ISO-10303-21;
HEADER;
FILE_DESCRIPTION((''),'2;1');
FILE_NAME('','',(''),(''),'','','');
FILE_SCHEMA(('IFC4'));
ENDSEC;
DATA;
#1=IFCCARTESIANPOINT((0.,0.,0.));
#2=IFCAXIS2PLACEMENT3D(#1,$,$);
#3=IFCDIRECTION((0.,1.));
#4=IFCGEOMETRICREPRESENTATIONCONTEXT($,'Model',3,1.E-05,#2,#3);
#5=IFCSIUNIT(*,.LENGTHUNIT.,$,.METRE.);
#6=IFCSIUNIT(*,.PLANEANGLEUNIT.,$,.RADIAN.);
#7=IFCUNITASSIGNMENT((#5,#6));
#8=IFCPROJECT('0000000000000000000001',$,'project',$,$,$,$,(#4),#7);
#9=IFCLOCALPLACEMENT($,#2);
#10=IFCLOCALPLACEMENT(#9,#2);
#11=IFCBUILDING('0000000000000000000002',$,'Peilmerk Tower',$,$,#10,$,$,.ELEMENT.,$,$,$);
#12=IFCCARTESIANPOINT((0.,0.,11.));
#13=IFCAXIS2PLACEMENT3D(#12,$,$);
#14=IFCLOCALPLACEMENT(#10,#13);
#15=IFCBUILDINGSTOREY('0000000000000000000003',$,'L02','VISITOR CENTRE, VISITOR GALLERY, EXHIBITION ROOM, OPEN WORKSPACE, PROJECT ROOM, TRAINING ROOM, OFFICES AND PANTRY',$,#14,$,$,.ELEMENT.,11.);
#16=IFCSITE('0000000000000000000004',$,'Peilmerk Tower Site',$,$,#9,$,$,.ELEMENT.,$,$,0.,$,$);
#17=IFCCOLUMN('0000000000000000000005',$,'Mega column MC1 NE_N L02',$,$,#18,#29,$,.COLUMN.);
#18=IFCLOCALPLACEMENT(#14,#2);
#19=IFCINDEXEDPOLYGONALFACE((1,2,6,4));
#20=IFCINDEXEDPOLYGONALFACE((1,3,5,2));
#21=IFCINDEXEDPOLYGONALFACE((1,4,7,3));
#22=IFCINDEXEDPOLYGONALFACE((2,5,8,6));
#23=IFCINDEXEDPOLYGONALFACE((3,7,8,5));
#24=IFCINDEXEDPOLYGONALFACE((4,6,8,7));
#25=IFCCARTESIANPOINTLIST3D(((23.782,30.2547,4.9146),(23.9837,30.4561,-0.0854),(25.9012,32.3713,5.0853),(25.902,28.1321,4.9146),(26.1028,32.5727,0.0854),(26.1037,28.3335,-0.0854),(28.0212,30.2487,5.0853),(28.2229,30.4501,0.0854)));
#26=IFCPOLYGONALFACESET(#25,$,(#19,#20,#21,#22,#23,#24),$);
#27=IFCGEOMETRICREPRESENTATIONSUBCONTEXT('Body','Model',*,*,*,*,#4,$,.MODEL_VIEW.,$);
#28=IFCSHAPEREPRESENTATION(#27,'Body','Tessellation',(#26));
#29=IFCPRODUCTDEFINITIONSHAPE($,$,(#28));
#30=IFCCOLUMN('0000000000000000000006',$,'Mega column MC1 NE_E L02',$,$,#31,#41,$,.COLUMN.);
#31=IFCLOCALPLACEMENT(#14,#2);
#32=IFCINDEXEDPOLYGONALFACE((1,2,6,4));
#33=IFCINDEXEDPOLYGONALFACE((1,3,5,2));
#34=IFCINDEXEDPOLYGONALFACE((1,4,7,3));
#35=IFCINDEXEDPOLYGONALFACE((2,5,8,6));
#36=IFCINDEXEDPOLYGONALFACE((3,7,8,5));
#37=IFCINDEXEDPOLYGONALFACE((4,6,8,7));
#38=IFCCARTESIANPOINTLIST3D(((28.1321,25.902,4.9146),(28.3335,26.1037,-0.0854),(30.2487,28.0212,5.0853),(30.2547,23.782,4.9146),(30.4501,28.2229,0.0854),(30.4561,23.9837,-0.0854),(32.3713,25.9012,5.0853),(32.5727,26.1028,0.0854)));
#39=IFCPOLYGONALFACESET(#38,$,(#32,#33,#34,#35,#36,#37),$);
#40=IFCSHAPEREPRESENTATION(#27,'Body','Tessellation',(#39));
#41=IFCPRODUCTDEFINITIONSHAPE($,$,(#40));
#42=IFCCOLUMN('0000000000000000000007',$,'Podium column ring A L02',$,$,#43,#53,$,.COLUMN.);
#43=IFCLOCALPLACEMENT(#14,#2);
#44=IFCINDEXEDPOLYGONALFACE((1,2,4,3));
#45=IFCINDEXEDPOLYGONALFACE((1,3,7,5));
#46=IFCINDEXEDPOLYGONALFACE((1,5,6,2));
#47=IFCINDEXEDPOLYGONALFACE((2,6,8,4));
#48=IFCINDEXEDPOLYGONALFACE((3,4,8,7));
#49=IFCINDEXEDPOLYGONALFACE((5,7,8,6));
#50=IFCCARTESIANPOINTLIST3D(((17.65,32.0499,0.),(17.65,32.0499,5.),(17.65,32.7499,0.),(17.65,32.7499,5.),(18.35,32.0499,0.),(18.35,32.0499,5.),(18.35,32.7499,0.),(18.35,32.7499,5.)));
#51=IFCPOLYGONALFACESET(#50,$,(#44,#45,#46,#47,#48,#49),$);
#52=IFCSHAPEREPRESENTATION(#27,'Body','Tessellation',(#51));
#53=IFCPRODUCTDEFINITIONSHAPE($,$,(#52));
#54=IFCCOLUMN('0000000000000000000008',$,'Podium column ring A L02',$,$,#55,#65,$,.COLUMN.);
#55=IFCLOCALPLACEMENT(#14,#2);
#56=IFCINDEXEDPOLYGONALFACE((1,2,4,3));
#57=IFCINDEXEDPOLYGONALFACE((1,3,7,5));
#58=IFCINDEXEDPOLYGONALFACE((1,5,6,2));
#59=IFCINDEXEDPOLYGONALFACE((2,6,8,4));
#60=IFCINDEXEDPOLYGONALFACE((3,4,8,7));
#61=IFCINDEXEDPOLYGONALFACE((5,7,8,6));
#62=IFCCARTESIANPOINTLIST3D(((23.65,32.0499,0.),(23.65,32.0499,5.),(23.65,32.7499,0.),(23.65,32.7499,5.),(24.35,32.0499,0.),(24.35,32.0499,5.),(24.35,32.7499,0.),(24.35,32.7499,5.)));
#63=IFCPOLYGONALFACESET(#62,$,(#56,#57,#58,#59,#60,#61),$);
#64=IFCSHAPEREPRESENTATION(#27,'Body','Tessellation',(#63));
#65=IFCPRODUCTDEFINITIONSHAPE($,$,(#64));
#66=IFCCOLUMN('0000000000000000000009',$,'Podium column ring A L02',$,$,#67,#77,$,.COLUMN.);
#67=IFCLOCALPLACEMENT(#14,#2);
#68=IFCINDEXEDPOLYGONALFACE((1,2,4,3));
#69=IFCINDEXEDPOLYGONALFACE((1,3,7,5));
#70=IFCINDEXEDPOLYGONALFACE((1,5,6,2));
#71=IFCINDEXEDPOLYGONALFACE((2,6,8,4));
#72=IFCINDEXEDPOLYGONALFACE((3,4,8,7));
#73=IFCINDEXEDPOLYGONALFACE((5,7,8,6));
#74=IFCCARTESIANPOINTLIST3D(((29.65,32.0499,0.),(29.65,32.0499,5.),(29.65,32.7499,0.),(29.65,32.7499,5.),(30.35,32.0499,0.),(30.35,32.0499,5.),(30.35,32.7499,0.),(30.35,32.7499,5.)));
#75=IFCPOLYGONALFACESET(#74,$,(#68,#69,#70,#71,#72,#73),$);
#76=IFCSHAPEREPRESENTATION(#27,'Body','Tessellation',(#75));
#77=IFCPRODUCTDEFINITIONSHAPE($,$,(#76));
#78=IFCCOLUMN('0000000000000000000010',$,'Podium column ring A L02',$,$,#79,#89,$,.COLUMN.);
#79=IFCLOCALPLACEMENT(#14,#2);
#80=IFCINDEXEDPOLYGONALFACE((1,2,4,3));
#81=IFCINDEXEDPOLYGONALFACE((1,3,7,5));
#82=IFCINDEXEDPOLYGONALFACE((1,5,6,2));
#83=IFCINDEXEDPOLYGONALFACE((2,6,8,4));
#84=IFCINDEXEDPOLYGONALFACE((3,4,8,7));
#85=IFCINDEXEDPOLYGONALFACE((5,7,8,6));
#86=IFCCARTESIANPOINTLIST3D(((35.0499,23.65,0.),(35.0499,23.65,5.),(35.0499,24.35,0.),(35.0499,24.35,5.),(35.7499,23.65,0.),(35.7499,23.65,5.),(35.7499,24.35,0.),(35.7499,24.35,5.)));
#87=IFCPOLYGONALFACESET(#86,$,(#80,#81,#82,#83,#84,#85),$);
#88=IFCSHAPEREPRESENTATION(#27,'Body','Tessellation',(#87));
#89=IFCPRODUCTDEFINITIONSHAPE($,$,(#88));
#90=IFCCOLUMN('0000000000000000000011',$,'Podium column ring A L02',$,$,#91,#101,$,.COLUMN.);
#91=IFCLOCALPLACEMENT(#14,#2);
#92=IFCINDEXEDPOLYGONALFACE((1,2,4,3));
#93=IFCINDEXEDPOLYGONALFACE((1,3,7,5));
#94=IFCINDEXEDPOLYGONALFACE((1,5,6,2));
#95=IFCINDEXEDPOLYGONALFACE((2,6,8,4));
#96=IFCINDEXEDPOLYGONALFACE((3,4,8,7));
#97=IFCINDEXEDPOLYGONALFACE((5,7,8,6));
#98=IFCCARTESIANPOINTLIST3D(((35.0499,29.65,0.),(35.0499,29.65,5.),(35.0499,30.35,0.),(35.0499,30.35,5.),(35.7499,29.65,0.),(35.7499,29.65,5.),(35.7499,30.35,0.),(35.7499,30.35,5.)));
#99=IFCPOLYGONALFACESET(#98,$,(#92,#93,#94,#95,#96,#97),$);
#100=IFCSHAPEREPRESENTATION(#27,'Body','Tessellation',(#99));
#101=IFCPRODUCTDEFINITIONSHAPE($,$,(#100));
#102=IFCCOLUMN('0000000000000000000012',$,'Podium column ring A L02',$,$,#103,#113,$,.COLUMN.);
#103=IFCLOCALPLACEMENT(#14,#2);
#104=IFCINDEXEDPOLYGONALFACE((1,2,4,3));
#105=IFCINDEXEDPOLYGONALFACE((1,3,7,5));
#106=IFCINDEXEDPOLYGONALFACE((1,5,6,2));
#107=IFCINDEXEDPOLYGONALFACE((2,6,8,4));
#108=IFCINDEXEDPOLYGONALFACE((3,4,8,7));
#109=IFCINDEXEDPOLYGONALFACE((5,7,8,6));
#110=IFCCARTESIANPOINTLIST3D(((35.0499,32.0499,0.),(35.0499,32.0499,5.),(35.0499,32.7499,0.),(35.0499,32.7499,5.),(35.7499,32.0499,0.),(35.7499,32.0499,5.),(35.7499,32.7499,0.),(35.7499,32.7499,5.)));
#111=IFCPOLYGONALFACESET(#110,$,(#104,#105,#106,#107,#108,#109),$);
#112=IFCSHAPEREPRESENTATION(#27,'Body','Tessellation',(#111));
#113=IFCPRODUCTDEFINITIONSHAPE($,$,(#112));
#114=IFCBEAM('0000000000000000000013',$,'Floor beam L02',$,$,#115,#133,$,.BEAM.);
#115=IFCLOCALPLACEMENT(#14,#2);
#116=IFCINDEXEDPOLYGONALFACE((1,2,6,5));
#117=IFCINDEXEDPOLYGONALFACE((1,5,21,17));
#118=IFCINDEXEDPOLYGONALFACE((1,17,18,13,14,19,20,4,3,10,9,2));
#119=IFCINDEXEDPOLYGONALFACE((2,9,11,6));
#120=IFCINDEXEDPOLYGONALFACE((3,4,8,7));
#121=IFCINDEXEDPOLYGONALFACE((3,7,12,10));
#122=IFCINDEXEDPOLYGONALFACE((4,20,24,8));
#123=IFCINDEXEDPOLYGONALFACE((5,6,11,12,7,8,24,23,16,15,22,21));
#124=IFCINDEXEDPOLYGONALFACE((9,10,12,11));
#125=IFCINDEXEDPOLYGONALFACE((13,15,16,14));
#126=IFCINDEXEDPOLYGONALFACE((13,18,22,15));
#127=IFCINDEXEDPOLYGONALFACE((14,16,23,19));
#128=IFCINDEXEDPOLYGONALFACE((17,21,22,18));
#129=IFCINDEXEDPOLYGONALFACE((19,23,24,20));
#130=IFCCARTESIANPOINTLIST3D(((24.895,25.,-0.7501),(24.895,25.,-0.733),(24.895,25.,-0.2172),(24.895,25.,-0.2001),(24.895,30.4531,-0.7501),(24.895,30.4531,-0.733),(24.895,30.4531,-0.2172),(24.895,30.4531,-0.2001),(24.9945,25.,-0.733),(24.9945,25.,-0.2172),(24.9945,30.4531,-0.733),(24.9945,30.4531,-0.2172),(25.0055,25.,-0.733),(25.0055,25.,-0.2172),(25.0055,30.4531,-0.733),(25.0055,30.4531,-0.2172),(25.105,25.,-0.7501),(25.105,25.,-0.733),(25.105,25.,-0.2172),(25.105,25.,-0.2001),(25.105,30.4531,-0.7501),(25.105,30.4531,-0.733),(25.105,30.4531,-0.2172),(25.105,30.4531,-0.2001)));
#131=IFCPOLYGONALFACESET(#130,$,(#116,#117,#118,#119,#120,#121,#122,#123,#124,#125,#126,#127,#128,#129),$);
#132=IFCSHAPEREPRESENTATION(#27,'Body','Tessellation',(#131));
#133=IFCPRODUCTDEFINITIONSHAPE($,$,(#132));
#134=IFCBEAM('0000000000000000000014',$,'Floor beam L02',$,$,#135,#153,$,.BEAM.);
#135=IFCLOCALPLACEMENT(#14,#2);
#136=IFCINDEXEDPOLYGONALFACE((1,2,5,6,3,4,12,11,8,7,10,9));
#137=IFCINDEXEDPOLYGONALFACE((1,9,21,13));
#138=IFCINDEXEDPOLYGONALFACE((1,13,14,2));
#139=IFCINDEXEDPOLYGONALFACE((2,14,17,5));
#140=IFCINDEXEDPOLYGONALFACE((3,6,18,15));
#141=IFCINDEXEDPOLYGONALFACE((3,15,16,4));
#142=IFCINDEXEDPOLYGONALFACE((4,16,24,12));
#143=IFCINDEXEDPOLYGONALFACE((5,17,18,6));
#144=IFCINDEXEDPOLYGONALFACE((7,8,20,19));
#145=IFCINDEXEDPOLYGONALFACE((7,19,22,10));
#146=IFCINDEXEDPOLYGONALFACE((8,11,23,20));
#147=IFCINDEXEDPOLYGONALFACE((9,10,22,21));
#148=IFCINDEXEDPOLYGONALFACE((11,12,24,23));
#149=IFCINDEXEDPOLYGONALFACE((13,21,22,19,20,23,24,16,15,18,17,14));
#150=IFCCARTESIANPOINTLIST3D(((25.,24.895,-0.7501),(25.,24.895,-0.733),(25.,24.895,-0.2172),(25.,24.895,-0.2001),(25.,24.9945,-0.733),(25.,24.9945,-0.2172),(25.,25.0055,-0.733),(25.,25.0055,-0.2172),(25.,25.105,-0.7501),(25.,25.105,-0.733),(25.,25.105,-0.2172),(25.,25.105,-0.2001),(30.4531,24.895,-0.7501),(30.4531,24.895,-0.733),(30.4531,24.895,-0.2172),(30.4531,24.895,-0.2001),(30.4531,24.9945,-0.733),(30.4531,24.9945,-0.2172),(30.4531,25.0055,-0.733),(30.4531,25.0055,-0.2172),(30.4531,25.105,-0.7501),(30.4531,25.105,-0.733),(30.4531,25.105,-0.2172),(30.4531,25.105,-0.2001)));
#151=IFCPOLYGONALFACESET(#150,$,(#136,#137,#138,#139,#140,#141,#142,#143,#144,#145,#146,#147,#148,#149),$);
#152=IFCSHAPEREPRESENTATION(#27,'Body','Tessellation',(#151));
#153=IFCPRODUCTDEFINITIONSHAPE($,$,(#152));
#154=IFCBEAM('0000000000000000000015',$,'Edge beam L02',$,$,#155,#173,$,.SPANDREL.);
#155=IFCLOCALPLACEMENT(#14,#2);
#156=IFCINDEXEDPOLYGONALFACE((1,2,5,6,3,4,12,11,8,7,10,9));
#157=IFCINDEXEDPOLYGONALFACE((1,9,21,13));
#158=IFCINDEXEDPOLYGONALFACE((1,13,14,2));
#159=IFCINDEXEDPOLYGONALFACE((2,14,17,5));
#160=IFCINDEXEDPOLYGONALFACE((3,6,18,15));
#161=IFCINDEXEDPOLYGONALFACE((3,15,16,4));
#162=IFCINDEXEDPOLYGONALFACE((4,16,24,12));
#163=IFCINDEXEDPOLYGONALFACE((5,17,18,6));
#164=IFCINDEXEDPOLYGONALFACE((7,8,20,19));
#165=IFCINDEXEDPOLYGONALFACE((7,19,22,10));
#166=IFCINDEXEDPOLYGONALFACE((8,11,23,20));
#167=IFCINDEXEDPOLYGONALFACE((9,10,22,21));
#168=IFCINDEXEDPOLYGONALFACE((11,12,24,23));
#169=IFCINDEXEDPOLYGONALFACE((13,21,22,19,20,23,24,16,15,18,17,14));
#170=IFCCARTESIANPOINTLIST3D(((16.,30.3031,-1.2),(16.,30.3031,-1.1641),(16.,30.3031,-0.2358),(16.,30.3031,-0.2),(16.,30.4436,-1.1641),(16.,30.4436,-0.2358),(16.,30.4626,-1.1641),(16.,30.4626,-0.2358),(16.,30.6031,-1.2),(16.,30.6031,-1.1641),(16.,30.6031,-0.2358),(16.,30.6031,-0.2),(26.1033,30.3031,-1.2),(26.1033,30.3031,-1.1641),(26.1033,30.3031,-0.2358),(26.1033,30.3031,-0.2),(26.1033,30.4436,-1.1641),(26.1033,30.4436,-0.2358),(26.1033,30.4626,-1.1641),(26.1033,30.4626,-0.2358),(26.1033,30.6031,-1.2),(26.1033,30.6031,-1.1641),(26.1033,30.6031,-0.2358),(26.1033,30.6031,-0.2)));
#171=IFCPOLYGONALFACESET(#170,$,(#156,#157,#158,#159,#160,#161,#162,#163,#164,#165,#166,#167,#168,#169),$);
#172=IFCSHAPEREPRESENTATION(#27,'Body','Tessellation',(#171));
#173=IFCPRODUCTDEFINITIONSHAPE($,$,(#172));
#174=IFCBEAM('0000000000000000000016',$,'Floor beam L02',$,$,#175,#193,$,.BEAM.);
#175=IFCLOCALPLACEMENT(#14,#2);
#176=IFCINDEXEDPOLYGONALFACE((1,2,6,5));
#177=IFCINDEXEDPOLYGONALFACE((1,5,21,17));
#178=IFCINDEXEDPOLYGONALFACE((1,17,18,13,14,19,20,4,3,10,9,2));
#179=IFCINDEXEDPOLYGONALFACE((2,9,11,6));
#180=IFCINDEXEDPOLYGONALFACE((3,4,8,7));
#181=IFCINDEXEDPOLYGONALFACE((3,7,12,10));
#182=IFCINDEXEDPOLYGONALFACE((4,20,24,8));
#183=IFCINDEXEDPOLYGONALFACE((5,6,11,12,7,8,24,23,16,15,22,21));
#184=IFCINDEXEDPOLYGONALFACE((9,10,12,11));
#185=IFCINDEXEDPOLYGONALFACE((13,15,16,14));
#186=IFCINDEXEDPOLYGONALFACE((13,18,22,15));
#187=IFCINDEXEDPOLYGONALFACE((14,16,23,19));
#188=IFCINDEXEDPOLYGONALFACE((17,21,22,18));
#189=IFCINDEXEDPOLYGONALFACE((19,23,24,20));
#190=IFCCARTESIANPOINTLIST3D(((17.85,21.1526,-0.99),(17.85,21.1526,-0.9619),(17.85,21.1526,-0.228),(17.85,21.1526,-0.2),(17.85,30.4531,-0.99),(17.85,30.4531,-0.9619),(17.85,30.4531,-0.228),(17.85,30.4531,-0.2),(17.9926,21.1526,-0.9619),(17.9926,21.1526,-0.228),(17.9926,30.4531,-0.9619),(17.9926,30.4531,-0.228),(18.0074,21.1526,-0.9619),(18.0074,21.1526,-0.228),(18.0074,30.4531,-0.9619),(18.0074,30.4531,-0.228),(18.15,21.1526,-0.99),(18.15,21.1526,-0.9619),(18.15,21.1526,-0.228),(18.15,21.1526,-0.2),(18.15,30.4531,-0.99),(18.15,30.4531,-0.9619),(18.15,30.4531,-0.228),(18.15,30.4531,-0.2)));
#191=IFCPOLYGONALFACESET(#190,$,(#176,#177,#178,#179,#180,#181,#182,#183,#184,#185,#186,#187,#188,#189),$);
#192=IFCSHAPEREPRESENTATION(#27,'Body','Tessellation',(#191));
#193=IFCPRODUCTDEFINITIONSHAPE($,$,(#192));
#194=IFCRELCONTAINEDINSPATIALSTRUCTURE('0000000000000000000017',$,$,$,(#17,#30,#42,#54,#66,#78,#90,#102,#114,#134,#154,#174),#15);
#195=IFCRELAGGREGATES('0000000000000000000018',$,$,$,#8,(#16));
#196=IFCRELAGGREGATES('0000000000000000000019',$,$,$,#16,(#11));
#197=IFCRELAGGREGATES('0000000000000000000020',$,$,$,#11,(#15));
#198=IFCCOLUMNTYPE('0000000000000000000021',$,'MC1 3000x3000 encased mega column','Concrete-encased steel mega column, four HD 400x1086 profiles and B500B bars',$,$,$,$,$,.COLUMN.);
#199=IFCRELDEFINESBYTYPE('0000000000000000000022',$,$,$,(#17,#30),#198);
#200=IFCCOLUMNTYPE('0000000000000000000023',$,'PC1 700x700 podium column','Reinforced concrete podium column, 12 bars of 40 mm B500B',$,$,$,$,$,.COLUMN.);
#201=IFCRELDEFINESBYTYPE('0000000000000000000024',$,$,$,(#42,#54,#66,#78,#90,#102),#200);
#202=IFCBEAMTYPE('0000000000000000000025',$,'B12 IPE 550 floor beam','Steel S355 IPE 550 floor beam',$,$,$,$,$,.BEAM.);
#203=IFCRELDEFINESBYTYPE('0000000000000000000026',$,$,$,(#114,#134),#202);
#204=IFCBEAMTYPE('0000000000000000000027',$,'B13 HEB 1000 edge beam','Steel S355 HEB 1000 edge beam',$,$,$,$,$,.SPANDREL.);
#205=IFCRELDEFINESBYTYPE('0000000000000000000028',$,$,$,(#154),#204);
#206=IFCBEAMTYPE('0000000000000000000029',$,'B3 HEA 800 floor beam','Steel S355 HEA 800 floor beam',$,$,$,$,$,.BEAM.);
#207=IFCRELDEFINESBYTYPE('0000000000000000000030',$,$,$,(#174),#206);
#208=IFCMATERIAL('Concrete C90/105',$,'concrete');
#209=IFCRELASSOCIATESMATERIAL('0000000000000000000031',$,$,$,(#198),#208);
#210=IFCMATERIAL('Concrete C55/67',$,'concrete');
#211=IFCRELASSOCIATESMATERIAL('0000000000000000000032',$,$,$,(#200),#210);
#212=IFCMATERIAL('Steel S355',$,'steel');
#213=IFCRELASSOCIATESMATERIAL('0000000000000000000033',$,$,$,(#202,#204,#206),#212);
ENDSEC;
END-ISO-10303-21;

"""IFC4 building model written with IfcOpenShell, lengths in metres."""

from ifc_helpers import new_model, si_unit, direction, frame, origin, origin_2d, place, context, subcontext, project, spatial, rectangle, i_section, extrude, material, material_profile, profile_set, type_object, element, save


model = new_model("IFC4")

# Units and contexts
model_context = context("Model", 3, precision=1e-05, world=origin(), true_north=direction((0.0, 1.0)))
body_context = subcontext(model_context, "Body", "Model", "MODEL_VIEW")
ifc_project = project(units=[si_unit("LENGTHUNIT", "METRE"), si_unit("PLANEANGLEUNIT", "RADIAN")], contexts=[model_context])

# Site, building, storey
site_placement = place(None, origin())
site = spatial("IfcSite", under=ifc_project, at=site_placement, Name="Peilmerk Tower Site", CompositionType="ELEMENT", RefElevation=0.0)
building_placement = place(site_placement, origin())
building = spatial("IfcBuilding", under=site, at=building_placement, Name="Peilmerk Tower", CompositionType="ELEMENT")
storey_placement = place(building_placement, frame((0.0, 0.0, 11.0)))
storey = spatial("IfcBuildingStorey", under=building, at=storey_placement, Name="L02", Description="VISITOR CENTRE, VISITOR GALLERY, EXHIBITION ROOM, OPEN WORKSPACE, PROJECT ROOM, TRAINING ROOM, OFFICES AND PANTRY", CompositionType="ELEMENT", Elevation=11.0)

# Columns
ifc_material_1 = material(Name="Concrete C90/105", Category="concrete")
ifc_material_profile_1 = material_profile(ifc_material_1, rectangle(XDim=3.0, YDim=3.0, at=origin_2d()), Name="RC 3000x3000")
ifc_profile_set_1 = profile_set([ifc_material_profile_1], Name="Concrete C90/105")
column_type_1 = type_object("IfcColumnType", Name="MC1 3000x3000 encased mega column", Description="Concrete-encased steel mega column, four HD 400x1086 profiles and B500B bars", PredefinedType="COLUMN", material=ifc_profile_set_1)
for number, where, z_axis, x_axis, name in (
    (1, (26.1033, 30.4531, 0.0), (-0.040267, -0.040218, 0.998379), (0.706678, -0.707535, 0.0), "Mega column MC1 NE_N L02"),
    (2, (30.4531, 26.1033, 0.0), (-0.040218, -0.040267, 0.998379), (0.707535, -0.706678, 0.0), "Mega column MC1 NE_E L02"),
):
    element("IfcColumn", number, at=place(storey_placement, frame(where, z_axis=z_axis, x_axis=x_axis)), inside=storey, type_object=column_type_1, Name=name, PredefinedType="COLUMN", context=body_context, shape_type="SweptSolid", body=[
        extrude(rectangle(XDim=3.0, YDim=3.0, at=origin_2d()), origin(), (0.0, 0.0, 1.0), 5.0081),
    ])
ifc_material_2 = material(Name="Concrete C55/67", Category="concrete")
ifc_material_profile_2 = material_profile(ifc_material_2, rectangle(XDim=0.7, YDim=0.7, at=origin_2d()), Name="RC 700x700")
ifc_profile_set_2 = profile_set([ifc_material_profile_2], Name="Concrete C55/67")
column_type_2 = type_object("IfcColumnType", Name="PC1 700x700 podium column", Description="Reinforced concrete podium column, 12 bars of 40 mm B500B", PredefinedType="COLUMN", material=ifc_profile_set_2)
for number, where, z_axis, x_axis, name in (
    (3, (18.0, 32.3999, 0.0), (0.0, 0.0, 1.0), (1.0, 0.0, 0.0), "Podium column ring A L02"),
    (4, (24.0, 32.3999, 0.0), (0.0, 0.0, 1.0), (1.0, 0.0, 0.0), "Podium column ring A L02"),
    (5, (30.0, 32.3999, 0.0), (0.0, 0.0, 1.0), (1.0, 0.0, 0.0), "Podium column ring A L02"),
    (6, (35.3999, 24.0, 0.0), (0.0, 0.0, 1.0), (1.0, 0.0, 0.0), "Podium column ring A L02"),
    (7, (35.3999, 30.0, 0.0), (0.0, 0.0, 1.0), (1.0, 0.0, 0.0), "Podium column ring A L02"),
    (8, (35.3999, 32.3999, 0.0), (0.0, 0.0, 1.0), (1.0, 0.0, 0.0), "Podium column ring A L02"),
):
    element("IfcColumn", number, at=place(storey_placement, frame(where, z_axis=z_axis, x_axis=x_axis)), inside=storey, type_object=column_type_2, Name=name, PredefinedType="COLUMN", context=body_context, shape_type="SweptSolid", body=[
        extrude(rectangle(XDim=0.7, YDim=0.7, at=origin_2d()), origin(), (0.0, 0.0, 1.0), 5.0),
    ])

# Beams
ifc_material_3 = material(Name="Steel S355", Category="steel")
ifc_material_profile_3 = material_profile(ifc_material_3, i_section(OverallWidth=0.21, OverallDepth=0.55, WebThickness=0.011, FlangeThickness=0.0171, at=origin_2d()), Name="IPE 550")
ifc_profile_set_3 = profile_set([ifc_material_profile_3], Name="Steel S355")
beam_type_1 = type_object("IfcBeamType", Name="B12 IPE 550 floor beam", Description="Steel S355 IPE 550 floor beam", PredefinedType="BEAM", material=ifc_profile_set_3)
for number, where, z_axis, x_axis, name in (
    (9, (25.0, 25.0, -0.4751), (0.0, 1.0, 0.0), (-1.0, 0.0, 0.0), "Floor beam L02"),
    (10, (25.0, 25.0, -0.4751), (1.0, 0.0, 0.0), (0.0, 1.0, 0.0), "Floor beam L02"),
):
    element("IfcBeam", number, at=place(storey_placement, frame(where, z_axis=z_axis, x_axis=x_axis)), inside=storey, type_object=beam_type_1, Name=name, PredefinedType="BEAM", context=body_context, shape_type="SweptSolid", body=[
        extrude(i_section(OverallWidth=0.21, OverallDepth=0.55, WebThickness=0.011, FlangeThickness=0.0171, at=origin_2d()), origin(), (0.0, 0.0, 1.0), 5.4531),
    ])
ifc_material_profile_4 = material_profile(ifc_material_3, i_section(OverallWidth=0.3, OverallDepth=1.0, WebThickness=0.019, FlangeThickness=0.0359, at=origin_2d()), Name="HEB 1000")
ifc_profile_set_4 = profile_set([ifc_material_profile_4], Name="Steel S355")
beam_type_2 = type_object("IfcBeamType", Name="B13 HEB 1000 edge beam", Description="Steel S355 HEB 1000 edge beam", PredefinedType="SPANDREL", material=ifc_profile_set_4)
beam_1_placement = place(storey_placement, frame((26.1033, 30.4531, -0.7), z_axis=(-1.0, 0.0, 0.0), x_axis=(0.0, -1.0, 0.0)))
element("IfcBeam", 11, at=beam_1_placement, inside=storey, type_object=beam_type_2, Name="Edge beam L02", PredefinedType="SPANDREL", context=body_context, shape_type="SweptSolid", body=[
    extrude(i_section(OverallWidth=0.3, OverallDepth=1.0, WebThickness=0.019, FlangeThickness=0.0359, at=origin_2d()), origin(), (0.0, 0.0, 1.0), 10.1033),
])
ifc_material_profile_5 = material_profile(ifc_material_3, i_section(OverallWidth=0.3, OverallDepth=0.79, WebThickness=0.0149, FlangeThickness=0.0281, at=origin_2d()), Name="HEA 800")
ifc_profile_set_5 = profile_set([ifc_material_profile_5], Name="Steel S355")
beam_type_3 = type_object("IfcBeamType", Name="B3 HEA 800 floor beam", Description="Steel S355 HEA 800 floor beam", PredefinedType="BEAM", material=ifc_profile_set_5)
beam_2_placement = place(storey_placement, frame((18.0, 21.1526, -0.595), z_axis=(0.0, 1.0, 0.0), x_axis=(-1.0, 0.0, 0.0)))
element("IfcBeam", 12, at=beam_2_placement, inside=storey, type_object=beam_type_3, Name="Floor beam L02", PredefinedType="BEAM", context=body_context, shape_type="SweptSolid", body=[
    extrude(i_section(OverallWidth=0.3, OverallDepth=0.79, WebThickness=0.0149, FlangeThickness=0.0281, at=origin_2d()), origin(), (0.0, 0.0, 1.0), 9.3005),
])

save(model, "model.ifc")
